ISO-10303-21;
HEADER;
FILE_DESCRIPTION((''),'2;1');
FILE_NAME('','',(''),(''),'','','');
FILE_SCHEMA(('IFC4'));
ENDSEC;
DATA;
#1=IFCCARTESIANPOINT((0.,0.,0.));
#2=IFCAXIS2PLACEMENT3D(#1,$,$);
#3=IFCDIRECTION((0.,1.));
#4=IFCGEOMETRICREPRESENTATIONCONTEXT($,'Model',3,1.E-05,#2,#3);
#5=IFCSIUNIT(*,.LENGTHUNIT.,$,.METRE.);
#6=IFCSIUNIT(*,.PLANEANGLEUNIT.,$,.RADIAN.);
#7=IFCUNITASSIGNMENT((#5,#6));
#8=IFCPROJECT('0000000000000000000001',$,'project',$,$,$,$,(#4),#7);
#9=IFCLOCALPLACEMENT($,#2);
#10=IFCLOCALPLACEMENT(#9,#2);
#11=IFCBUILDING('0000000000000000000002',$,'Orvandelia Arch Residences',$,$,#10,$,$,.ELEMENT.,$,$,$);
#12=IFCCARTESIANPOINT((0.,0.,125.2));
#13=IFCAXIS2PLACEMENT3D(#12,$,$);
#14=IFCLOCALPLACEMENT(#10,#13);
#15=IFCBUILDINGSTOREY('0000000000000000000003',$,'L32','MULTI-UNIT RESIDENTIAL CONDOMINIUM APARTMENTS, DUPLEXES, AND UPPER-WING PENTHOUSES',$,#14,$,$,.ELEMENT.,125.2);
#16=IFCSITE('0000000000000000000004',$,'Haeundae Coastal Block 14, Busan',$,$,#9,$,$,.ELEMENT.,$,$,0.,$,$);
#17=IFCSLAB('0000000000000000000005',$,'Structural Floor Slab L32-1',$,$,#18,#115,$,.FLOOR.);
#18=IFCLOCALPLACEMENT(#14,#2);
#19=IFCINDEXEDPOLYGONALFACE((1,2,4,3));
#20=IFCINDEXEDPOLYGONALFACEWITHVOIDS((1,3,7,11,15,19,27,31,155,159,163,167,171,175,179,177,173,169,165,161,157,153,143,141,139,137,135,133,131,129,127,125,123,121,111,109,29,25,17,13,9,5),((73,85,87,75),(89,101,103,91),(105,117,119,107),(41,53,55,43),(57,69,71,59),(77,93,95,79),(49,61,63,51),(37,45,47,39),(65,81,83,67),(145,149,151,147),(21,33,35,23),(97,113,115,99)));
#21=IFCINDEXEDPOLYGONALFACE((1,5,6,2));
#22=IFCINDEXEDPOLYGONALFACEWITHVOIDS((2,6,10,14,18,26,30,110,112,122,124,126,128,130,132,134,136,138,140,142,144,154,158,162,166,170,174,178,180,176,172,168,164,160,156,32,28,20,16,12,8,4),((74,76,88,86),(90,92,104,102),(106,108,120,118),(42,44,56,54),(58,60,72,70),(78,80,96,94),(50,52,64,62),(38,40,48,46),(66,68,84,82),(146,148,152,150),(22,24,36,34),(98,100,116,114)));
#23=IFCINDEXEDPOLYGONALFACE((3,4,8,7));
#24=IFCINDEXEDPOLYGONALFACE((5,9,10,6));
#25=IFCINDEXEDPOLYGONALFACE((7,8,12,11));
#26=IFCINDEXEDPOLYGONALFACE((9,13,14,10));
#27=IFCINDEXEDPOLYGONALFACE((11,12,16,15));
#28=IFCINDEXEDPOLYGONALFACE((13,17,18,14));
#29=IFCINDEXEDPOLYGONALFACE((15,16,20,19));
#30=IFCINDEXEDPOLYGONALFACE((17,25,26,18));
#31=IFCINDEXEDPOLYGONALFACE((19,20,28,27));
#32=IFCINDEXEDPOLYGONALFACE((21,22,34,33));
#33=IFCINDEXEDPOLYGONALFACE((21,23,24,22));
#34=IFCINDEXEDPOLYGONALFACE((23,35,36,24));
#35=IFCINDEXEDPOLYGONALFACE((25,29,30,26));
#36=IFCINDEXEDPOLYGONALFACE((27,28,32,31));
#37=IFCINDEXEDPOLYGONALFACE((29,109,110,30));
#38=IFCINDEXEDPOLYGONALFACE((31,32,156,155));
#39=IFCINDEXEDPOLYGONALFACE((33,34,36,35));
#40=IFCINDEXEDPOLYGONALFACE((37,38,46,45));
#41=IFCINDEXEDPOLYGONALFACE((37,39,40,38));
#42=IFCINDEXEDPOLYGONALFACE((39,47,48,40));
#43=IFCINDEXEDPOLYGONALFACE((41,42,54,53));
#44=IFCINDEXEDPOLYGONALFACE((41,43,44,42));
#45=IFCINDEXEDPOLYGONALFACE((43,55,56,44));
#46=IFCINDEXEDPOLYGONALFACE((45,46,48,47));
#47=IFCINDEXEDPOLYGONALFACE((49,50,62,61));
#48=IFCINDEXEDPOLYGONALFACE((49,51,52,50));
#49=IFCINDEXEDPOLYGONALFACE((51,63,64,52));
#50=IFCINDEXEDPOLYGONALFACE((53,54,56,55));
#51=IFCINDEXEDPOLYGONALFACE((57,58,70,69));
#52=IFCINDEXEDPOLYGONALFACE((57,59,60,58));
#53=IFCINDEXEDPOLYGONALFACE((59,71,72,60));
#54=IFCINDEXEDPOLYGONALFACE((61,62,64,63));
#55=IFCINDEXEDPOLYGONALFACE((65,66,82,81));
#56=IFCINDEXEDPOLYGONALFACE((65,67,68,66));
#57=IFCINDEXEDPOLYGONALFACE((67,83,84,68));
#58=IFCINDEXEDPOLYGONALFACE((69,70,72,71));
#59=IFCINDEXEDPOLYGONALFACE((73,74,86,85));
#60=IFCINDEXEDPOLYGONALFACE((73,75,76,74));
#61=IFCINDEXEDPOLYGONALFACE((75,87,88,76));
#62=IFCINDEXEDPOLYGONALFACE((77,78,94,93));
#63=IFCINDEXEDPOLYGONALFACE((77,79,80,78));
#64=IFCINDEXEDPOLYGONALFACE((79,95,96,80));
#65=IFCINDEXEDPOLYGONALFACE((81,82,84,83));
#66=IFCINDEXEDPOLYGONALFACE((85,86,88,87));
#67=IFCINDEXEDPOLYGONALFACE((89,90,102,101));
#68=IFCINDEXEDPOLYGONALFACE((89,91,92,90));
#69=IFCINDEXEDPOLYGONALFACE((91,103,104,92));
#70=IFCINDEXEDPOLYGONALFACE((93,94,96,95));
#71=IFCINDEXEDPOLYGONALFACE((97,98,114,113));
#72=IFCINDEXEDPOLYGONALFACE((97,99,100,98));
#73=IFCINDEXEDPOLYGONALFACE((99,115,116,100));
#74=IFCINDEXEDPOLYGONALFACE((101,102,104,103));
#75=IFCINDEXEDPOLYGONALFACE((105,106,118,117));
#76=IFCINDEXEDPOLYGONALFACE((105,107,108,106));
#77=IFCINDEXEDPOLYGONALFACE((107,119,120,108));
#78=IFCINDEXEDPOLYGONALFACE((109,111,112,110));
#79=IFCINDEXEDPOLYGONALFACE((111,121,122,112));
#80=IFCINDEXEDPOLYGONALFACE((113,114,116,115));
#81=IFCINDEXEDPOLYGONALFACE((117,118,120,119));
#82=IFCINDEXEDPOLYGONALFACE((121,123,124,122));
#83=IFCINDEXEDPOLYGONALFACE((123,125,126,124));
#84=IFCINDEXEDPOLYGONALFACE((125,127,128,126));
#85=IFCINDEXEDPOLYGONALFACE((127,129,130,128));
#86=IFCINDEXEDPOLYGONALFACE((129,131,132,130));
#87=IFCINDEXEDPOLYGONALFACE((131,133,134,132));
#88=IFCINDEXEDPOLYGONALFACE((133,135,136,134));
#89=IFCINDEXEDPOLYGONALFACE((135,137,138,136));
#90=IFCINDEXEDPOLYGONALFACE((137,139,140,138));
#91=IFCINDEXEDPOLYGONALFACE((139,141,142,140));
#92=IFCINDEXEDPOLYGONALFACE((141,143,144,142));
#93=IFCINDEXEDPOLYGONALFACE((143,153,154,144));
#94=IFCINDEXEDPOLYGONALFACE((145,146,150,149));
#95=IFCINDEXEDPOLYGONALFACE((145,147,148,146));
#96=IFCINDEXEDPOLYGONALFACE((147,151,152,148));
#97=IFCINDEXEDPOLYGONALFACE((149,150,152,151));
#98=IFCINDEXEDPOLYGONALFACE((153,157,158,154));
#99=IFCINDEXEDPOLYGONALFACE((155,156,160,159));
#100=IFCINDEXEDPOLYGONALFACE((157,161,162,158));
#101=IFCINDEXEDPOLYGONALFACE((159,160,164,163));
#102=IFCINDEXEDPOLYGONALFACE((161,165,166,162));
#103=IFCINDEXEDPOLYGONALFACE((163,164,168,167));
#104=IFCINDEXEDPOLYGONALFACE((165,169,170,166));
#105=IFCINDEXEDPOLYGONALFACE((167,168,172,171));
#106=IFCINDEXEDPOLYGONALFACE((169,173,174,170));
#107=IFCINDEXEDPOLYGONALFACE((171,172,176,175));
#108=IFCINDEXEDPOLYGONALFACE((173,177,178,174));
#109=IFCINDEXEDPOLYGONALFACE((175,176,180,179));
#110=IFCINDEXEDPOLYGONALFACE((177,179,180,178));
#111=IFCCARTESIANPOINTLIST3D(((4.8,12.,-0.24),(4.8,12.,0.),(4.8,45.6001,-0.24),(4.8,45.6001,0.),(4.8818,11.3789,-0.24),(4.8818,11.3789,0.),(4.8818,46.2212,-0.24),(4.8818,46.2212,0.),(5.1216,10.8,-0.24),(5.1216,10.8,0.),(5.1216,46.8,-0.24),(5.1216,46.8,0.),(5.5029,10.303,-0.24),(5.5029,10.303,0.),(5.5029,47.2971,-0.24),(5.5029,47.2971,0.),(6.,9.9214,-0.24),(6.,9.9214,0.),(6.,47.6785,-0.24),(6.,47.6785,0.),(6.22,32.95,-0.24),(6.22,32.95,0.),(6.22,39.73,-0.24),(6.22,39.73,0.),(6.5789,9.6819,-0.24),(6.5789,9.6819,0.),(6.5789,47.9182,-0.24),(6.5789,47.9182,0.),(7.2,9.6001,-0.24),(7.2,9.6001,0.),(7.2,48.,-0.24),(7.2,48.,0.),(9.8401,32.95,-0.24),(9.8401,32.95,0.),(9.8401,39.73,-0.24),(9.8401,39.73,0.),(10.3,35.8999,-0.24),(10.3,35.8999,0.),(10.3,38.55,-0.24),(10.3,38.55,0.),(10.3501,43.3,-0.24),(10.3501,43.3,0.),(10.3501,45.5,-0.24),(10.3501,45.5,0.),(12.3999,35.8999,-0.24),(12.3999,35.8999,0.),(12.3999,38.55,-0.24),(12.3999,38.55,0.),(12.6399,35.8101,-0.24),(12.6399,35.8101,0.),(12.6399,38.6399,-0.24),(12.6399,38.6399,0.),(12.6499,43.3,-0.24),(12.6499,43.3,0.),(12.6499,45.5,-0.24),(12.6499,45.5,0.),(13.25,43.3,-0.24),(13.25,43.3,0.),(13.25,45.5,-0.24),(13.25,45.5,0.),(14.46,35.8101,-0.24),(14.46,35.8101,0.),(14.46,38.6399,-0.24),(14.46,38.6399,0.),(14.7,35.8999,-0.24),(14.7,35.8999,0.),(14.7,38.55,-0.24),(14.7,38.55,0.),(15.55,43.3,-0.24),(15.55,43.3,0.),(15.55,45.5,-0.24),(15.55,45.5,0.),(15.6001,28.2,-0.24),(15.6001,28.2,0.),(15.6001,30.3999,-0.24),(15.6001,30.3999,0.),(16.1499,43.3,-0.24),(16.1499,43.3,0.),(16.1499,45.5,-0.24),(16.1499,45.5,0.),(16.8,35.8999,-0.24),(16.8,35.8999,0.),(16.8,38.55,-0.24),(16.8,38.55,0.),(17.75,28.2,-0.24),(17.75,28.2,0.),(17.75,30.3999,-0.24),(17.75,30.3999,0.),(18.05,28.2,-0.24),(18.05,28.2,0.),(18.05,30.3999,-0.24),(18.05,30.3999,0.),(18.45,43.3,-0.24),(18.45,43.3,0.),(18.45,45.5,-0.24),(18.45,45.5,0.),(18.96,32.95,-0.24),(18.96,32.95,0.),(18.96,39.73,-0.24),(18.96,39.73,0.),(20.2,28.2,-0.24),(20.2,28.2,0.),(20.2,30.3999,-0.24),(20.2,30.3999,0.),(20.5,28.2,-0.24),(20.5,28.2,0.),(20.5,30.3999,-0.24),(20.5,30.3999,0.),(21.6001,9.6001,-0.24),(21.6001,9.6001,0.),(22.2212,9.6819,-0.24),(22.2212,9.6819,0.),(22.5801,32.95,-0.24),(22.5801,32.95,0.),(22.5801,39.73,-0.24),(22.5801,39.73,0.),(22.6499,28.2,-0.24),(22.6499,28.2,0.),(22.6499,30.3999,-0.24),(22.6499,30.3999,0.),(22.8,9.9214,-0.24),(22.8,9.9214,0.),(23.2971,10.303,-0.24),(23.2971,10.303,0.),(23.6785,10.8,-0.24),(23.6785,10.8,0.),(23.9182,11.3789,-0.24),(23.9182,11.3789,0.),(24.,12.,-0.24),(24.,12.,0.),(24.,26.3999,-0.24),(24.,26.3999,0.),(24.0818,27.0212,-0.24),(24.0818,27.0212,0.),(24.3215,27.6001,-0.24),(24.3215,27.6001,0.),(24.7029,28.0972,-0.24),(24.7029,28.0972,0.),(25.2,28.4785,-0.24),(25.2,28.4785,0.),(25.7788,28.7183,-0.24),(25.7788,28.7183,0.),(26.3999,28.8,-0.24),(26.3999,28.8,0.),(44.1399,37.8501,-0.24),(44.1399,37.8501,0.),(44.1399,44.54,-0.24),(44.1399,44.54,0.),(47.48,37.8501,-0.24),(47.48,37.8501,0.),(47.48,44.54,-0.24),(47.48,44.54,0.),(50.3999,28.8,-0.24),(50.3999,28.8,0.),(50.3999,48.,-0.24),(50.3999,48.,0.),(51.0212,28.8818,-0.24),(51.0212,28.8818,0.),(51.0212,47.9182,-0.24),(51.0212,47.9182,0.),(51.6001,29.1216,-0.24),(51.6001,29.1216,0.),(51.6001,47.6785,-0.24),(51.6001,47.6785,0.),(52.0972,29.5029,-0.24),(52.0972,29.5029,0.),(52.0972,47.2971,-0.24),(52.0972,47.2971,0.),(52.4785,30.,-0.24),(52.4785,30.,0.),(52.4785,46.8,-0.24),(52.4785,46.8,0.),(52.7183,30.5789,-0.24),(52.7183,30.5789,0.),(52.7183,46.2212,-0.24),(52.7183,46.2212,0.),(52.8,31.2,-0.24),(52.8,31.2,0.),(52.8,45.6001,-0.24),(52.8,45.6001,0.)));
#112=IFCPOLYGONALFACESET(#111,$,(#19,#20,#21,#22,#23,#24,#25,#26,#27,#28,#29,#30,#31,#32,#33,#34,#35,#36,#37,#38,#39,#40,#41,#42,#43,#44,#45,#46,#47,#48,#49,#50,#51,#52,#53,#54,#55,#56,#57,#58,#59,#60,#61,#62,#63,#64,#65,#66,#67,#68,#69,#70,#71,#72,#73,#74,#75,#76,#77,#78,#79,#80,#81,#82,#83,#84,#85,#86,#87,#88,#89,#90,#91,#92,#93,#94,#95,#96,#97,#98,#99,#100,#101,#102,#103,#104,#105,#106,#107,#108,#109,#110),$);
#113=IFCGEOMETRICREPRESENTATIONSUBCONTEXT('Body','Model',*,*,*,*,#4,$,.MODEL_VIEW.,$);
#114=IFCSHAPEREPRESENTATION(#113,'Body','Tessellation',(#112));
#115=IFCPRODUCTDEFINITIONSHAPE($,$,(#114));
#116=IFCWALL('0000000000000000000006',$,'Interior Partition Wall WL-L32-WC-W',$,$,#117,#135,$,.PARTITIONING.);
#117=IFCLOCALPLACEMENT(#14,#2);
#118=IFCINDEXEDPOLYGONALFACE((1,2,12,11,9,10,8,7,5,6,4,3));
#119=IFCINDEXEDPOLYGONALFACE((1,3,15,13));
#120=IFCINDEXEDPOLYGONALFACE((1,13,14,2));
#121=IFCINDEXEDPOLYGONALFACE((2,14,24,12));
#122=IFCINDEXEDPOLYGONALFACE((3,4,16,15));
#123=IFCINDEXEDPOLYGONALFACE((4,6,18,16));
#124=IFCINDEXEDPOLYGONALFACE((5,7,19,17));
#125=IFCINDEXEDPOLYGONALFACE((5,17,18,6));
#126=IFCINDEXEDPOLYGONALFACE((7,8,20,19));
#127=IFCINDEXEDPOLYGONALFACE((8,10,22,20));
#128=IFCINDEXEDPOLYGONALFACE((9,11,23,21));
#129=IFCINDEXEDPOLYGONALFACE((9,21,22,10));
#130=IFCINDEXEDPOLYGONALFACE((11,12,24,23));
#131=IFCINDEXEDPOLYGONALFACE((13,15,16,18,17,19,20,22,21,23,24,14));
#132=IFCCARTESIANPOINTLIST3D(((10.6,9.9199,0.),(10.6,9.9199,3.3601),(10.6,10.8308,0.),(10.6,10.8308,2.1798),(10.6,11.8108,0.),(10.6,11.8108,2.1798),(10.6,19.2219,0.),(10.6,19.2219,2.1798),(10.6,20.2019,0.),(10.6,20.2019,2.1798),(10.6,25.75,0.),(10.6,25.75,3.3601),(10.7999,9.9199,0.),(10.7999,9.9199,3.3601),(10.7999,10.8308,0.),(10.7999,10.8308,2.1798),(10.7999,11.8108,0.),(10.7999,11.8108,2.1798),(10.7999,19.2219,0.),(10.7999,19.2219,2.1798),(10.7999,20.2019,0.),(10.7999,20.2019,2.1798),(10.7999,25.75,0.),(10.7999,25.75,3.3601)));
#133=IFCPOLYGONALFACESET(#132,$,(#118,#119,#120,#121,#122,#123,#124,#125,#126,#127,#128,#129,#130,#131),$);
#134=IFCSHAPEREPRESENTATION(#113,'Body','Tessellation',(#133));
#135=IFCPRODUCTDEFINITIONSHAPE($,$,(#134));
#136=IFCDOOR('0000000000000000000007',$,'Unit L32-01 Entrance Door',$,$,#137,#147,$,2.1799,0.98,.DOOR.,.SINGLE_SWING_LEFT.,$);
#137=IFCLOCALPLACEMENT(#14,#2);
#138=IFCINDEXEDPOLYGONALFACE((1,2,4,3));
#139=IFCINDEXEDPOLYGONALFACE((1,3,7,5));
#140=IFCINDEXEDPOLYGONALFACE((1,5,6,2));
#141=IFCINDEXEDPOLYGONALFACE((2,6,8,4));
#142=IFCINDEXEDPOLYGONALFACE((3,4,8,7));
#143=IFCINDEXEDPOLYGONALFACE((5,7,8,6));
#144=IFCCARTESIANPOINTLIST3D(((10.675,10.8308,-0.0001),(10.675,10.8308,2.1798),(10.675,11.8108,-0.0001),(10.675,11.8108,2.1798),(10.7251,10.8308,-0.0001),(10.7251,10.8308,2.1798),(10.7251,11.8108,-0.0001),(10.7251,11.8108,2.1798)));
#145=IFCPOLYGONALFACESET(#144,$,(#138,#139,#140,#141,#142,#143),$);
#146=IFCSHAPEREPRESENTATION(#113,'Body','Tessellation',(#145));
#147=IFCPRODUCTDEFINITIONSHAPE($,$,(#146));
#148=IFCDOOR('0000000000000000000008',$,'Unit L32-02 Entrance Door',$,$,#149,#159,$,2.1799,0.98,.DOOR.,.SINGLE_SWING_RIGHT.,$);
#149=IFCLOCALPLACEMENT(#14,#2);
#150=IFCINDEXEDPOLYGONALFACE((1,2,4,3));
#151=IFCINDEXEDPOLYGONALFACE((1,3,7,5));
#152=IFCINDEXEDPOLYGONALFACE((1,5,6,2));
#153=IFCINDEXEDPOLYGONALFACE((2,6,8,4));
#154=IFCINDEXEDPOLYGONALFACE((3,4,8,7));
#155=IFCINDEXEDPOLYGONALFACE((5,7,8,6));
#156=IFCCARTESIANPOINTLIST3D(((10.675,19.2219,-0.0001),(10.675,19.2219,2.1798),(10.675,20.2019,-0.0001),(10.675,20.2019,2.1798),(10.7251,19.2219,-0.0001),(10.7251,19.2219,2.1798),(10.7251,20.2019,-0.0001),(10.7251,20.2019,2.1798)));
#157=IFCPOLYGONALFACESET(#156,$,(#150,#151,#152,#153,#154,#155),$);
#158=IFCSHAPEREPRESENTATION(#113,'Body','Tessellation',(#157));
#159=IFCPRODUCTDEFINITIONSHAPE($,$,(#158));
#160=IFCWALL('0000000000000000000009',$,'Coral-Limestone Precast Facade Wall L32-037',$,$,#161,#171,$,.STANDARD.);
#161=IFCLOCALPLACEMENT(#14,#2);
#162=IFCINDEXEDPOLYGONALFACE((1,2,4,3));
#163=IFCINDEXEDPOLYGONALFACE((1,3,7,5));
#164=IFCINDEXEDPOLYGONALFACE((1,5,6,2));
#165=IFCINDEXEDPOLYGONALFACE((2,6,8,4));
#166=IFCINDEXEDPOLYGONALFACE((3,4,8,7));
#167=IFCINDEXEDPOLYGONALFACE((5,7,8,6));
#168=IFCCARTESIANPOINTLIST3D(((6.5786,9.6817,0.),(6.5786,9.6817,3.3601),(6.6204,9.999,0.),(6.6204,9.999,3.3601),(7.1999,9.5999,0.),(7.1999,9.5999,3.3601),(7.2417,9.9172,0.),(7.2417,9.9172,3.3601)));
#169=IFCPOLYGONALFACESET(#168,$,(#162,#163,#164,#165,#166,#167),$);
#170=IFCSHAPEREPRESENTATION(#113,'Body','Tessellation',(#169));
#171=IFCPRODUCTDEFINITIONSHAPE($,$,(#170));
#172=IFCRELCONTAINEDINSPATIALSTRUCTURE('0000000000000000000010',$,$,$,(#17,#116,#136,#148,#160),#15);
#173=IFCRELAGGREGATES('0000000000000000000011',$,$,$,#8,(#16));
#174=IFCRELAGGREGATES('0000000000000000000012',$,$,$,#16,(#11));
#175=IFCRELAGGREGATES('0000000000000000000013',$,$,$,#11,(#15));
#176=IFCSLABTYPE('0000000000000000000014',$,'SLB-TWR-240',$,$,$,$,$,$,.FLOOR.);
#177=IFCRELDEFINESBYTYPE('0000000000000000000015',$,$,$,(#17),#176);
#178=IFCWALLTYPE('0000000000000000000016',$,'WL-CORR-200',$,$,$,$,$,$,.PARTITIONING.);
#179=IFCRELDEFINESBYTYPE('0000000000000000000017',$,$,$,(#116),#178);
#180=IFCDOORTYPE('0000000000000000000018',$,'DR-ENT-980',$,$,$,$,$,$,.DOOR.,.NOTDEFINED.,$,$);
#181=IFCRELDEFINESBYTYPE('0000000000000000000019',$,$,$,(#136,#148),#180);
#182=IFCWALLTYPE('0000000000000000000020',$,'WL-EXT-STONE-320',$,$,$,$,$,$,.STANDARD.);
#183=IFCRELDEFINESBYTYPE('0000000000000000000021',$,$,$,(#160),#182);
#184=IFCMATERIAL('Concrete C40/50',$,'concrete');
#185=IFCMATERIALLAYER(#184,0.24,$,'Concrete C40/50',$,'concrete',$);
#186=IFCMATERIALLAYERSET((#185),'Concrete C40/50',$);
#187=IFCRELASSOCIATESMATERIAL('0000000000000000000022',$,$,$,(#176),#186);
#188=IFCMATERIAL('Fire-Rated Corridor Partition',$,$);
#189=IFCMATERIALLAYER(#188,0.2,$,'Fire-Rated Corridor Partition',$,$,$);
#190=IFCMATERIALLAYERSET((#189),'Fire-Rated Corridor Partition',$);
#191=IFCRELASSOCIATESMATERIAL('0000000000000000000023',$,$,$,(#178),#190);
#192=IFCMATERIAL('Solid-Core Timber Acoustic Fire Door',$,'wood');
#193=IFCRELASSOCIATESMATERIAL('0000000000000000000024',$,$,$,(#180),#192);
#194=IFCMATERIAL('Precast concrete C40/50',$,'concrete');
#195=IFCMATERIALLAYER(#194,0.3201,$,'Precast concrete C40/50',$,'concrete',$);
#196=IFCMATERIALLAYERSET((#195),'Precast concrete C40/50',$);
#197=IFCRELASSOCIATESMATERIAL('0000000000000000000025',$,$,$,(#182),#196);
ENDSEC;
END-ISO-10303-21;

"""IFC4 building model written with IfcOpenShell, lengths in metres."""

from ifc_helpers import new_model, si_unit, direction, frame, frame_2d, origin, place, context, subcontext, project, spatial, polyline, rectangle, outline, extrude, material, layer, layer_set, type_object, element, fill, save


model = new_model("IFC4")

# Units and contexts
model_context = context("Model", 3, precision=1e-05, world=origin(), true_north=direction((0.0, 1.0)))
body_context = subcontext(model_context, "Body", "Model", "MODEL_VIEW")
ifc_project = project(units=[si_unit("LENGTHUNIT", "METRE"), si_unit("PLANEANGLEUNIT", "RADIAN")], contexts=[model_context])

# Site, building, storey
site_placement = place(None, origin())
site = spatial("IfcSite", under=ifc_project, at=site_placement, Name="Haeundae Coastal Block 14, Busan", CompositionType="ELEMENT", RefElevation=0.0)
building_placement = place(site_placement, origin())
building = spatial("IfcBuilding", under=site, at=building_placement, Name="Orvandelia Arch Residences", CompositionType="ELEMENT")
storey_placement = place(building_placement, frame((0.0, 0.0, 125.2)))
storey = spatial("IfcBuildingStorey", under=building, at=storey_placement, Name="L32", Description="MULTI-UNIT RESIDENTIAL CONDOMINIUM APARTMENTS, DUPLEXES, AND UPPER-WING PENTHOUSES", CompositionType="ELEMENT", Elevation=125.2)

# Shared definitions
ifc_material_1 = material(Name="Precast concrete C40/50", Category="concrete")

# Shared definitions
ifc_material_2 = material(Name="Concrete C40/50", Category="concrete")

# Slab
ifc_layer_1 = layer(ifc_material_2, 0.24, Name="Concrete C40/50", Category="concrete")
ifc_layer_set_1 = layer_set([ifc_layer_1], Name="Concrete C40/50")
slab_type_1 = type_object("IfcSlabType", Name="SLB-TWR-240", PredefinedType="FLOOR", material=ifc_layer_set_1)
slab_1_placement = place(storey_placement, frame((0.0, 0.0, -0.24)))
element("IfcSlab", 1, at=slab_1_placement, inside=storey, type_object=slab_type_1, Name="Structural Floor Slab L32-1", PredefinedType="FLOOR", context=body_context, shape_type="SweptSolid", body=[
    extrude(outline(polyline([(4.8, 12.0), (4.8818, 11.3789), (5.1216, 10.8), (5.5029, 10.303), (6.0, 9.9214), (6.5789, 9.6819), (7.2, 9.6001), (21.6001, 9.6001), (22.2212, 9.6819), (22.8, 9.9214), (23.2971, 10.303), (23.6785, 10.8), (23.9182, 11.3789), (24.0, 12.0), (24.0, 26.3999), (24.0818, 27.0212), (24.3215, 27.6001), (24.7029, 28.0972), (25.2, 28.4785), (25.7788, 28.7183), (26.3999, 28.8), (50.3999, 28.8), (51.0212, 28.8818), (51.6001, 29.1216), (52.0972, 29.5029), (52.4785, 30.0), (52.7183, 30.5789), (52.8, 31.2), (52.8, 45.6001), (52.7183, 46.2212), (52.4785, 46.8), (52.0972, 47.2971), (51.6001, 47.6785), (51.0212, 47.9182), (50.3999, 48.0), (7.2, 48.0), (6.5789, 47.9182), (6.0, 47.6785), (5.5029, 47.2971), (5.1216, 46.8), (4.8818, 46.2212), (4.8, 45.6001), (4.8, 12.0)]), holes=[polyline([(6.22, 32.95), (9.8401, 32.95), (9.8401, 39.73), (6.22, 39.73), (6.22, 32.95)]), polyline([(18.96, 32.95), (22.5801, 32.95), (22.5801, 39.73), (18.96, 39.73), (18.96, 32.95)]), polyline([(44.1399, 37.8501), (47.48, 37.8501), (47.48, 44.54), (44.1399, 44.54), (44.1399, 37.8501)]), polyline([(12.6399, 35.8101), (14.46, 35.8101), (14.46, 38.6399), (12.6399, 38.6399), (12.6399, 35.8101)]), polyline([(10.3, 35.8999), (12.3999, 35.8999), (12.3999, 38.55), (10.3, 38.55), (10.3, 35.8999)]), polyline([(14.7, 35.8999), (16.8, 35.8999), (16.8, 38.55), (14.7, 38.55), (14.7, 35.8999)]), polyline([(10.3501, 43.3), (12.6499, 43.3), (12.6499, 45.5), (10.3501, 45.5), (10.3501, 43.3)]), polyline([(13.25, 43.3), (15.55, 43.3), (15.55, 45.5), (13.25, 45.5), (13.25, 43.3)]), polyline([(16.1499, 43.3), (18.45, 43.3), (18.45, 45.5), (16.1499, 45.5), (16.1499, 43.3)]), polyline([(15.6001, 28.2), (17.75, 28.2), (17.75, 30.3999), (15.6001, 30.3999), (15.6001, 28.2)]), polyline([(18.05, 28.2), (20.2, 28.2), (20.2, 30.3999), (18.05, 30.3999), (18.05, 28.2)]), polyline([(20.5, 28.2), (22.6499, 28.2), (22.6499, 30.3999), (20.5, 30.3999), (20.5, 28.2)])]), origin(), (0.0, 0.0, 1.0), 0.24),
])

# Wall, openings, doors
ifc_material_3 = material(Name="Fire-Rated Corridor Partition")
ifc_layer_2 = layer(ifc_material_3, 0.2, Name="Fire-Rated Corridor Partition")
ifc_layer_set_2 = layer_set([ifc_layer_2], Name="Fire-Rated Corridor Partition")
wall_type_1 = type_object("IfcWallType", Name="WL-CORR-200", PredefinedType="PARTITIONING", material=ifc_layer_set_2)
wall_1_placement = place(storey_placement, frame((10.7, 9.9199, 0.0), z_axis=(0.0, 0.0, 1.0), x_axis=(0.0, 1.0, 0.0)))
wall_1 = element("IfcWall", 2, at=wall_1_placement, inside=storey, type_object=wall_type_1, Name="Interior Partition Wall WL-L32-WC-W", PredefinedType="PARTITIONING", context=body_context, shape_type="SweptSolid", body=[
    extrude(rectangle(XDim=15.8301, YDim=0.2, at=frame_2d((7.915, 0.0))), origin(), (0.0, 0.0, 1.0), 3.3601),
])
opening_1_placement = place(wall_1_placement, frame((0.9109, 0.0, 0.0)))
opening_1 = element("IfcOpeningElement", 3, at=opening_1_placement, cuts=wall_1, PredefinedType="OPENING", context=body_context, shape_type="SweptSolid", body=[
    extrude(rectangle(XDim=0.98, YDim=2.1799, at=frame_2d((0.49, 1.0898))), frame((0.0, 0.1099, 0.0), z_axis=(0.0, -1.0, 0.0), x_axis=(1.0, 0.0, 0.0)), (0.0, 0.0, 1.0), 0.22),
])
opening_2_placement = place(wall_1_placement, frame((9.302, 0.0, 0.0)))
opening_2 = element("IfcOpeningElement", 4, at=opening_2_placement, cuts=wall_1, PredefinedType="OPENING", context=body_context, shape_type="SweptSolid", body=[
    extrude(rectangle(XDim=0.98, YDim=2.1799, at=frame_2d((0.49, 1.0898))), frame((0.0, 0.1099, 0.0), z_axis=(0.0, -1.0, 0.0), x_axis=(1.0, 0.0, 0.0)), (0.0, 0.0, 1.0), 0.22),
])
ifc_material_4 = material(Name="Solid-Core Timber Acoustic Fire Door", Category="wood")
door_type_1 = type_object("IfcDoorType", Name="DR-ENT-980", OperationType="NOTDEFINED", PredefinedType="DOOR", material=ifc_material_4)
door_1_placement = place(opening_1_placement, origin())
door_1 = element("IfcDoor", 5, at=door_1_placement, inside=storey, type_object=door_type_1, Name="Unit L32-01 Entrance Door", OperationType="SINGLE_SWING_LEFT", OverallHeight=2.1799, OverallWidth=0.98, PredefinedType="DOOR", context=body_context, shape_type="SweptSolid", body=[
    extrude(rectangle(XDim=0.98, YDim=2.1799, at=frame_2d((0.49, 1.0898))), frame((0.0, 0.0249, 0.0), z_axis=(0.0, -1.0, 0.0), x_axis=(1.0, 0.0, 0.0)), (0.0, 0.0, 1.0), 0.05),
])
fill(opening_1, door_1)
door_2_placement = place(opening_2_placement, origin())
door_2 = element("IfcDoor", 6, at=door_2_placement, inside=storey, type_object=door_type_1, Name="Unit L32-02 Entrance Door", OperationType="SINGLE_SWING_RIGHT", OverallHeight=2.1799, OverallWidth=0.98, PredefinedType="DOOR", context=body_context, shape_type="SweptSolid", body=[
    extrude(rectangle(XDim=0.98, YDim=2.1799, at=frame_2d((0.49, 1.0898))), frame((0.0, 0.0249, 0.0), z_axis=(0.0, -1.0, 0.0), x_axis=(1.0, 0.0, 0.0)), (0.0, 0.0, 1.0), 0.05),
])
fill(opening_2, door_2)

# Wall
ifc_layer_3 = layer(ifc_material_1, 0.3201, Name="Precast concrete C40/50", Category="concrete")
ifc_layer_set_3 = layer_set([ifc_layer_3], Name="Precast concrete C40/50")
wall_type_2 = type_object("IfcWallType", Name="WL-EXT-STONE-320", PredefinedType="STANDARD", material=ifc_layer_set_3)
wall_2_placement = place(storey_placement, frame((7.2209, 9.7585, 0.0), z_axis=(0.0, 0.0, 1.0), x_axis=(-0.991448, 0.130505, 0.0)))
element("IfcWall", 7, at=wall_2_placement, inside=storey, type_object=wall_type_2, Name="Coral-Limestone Precast Facade Wall L32-037", PredefinedType="STANDARD", context=body_context, shape_type="SweptSolid", body=[
    extrude(rectangle(XDim=0.6267, YDim=0.3201, at=frame_2d((0.3135, 0.0))), origin(), (0.0, 0.0, 1.0), 3.3601),
])

save(model, "model.ifc")
